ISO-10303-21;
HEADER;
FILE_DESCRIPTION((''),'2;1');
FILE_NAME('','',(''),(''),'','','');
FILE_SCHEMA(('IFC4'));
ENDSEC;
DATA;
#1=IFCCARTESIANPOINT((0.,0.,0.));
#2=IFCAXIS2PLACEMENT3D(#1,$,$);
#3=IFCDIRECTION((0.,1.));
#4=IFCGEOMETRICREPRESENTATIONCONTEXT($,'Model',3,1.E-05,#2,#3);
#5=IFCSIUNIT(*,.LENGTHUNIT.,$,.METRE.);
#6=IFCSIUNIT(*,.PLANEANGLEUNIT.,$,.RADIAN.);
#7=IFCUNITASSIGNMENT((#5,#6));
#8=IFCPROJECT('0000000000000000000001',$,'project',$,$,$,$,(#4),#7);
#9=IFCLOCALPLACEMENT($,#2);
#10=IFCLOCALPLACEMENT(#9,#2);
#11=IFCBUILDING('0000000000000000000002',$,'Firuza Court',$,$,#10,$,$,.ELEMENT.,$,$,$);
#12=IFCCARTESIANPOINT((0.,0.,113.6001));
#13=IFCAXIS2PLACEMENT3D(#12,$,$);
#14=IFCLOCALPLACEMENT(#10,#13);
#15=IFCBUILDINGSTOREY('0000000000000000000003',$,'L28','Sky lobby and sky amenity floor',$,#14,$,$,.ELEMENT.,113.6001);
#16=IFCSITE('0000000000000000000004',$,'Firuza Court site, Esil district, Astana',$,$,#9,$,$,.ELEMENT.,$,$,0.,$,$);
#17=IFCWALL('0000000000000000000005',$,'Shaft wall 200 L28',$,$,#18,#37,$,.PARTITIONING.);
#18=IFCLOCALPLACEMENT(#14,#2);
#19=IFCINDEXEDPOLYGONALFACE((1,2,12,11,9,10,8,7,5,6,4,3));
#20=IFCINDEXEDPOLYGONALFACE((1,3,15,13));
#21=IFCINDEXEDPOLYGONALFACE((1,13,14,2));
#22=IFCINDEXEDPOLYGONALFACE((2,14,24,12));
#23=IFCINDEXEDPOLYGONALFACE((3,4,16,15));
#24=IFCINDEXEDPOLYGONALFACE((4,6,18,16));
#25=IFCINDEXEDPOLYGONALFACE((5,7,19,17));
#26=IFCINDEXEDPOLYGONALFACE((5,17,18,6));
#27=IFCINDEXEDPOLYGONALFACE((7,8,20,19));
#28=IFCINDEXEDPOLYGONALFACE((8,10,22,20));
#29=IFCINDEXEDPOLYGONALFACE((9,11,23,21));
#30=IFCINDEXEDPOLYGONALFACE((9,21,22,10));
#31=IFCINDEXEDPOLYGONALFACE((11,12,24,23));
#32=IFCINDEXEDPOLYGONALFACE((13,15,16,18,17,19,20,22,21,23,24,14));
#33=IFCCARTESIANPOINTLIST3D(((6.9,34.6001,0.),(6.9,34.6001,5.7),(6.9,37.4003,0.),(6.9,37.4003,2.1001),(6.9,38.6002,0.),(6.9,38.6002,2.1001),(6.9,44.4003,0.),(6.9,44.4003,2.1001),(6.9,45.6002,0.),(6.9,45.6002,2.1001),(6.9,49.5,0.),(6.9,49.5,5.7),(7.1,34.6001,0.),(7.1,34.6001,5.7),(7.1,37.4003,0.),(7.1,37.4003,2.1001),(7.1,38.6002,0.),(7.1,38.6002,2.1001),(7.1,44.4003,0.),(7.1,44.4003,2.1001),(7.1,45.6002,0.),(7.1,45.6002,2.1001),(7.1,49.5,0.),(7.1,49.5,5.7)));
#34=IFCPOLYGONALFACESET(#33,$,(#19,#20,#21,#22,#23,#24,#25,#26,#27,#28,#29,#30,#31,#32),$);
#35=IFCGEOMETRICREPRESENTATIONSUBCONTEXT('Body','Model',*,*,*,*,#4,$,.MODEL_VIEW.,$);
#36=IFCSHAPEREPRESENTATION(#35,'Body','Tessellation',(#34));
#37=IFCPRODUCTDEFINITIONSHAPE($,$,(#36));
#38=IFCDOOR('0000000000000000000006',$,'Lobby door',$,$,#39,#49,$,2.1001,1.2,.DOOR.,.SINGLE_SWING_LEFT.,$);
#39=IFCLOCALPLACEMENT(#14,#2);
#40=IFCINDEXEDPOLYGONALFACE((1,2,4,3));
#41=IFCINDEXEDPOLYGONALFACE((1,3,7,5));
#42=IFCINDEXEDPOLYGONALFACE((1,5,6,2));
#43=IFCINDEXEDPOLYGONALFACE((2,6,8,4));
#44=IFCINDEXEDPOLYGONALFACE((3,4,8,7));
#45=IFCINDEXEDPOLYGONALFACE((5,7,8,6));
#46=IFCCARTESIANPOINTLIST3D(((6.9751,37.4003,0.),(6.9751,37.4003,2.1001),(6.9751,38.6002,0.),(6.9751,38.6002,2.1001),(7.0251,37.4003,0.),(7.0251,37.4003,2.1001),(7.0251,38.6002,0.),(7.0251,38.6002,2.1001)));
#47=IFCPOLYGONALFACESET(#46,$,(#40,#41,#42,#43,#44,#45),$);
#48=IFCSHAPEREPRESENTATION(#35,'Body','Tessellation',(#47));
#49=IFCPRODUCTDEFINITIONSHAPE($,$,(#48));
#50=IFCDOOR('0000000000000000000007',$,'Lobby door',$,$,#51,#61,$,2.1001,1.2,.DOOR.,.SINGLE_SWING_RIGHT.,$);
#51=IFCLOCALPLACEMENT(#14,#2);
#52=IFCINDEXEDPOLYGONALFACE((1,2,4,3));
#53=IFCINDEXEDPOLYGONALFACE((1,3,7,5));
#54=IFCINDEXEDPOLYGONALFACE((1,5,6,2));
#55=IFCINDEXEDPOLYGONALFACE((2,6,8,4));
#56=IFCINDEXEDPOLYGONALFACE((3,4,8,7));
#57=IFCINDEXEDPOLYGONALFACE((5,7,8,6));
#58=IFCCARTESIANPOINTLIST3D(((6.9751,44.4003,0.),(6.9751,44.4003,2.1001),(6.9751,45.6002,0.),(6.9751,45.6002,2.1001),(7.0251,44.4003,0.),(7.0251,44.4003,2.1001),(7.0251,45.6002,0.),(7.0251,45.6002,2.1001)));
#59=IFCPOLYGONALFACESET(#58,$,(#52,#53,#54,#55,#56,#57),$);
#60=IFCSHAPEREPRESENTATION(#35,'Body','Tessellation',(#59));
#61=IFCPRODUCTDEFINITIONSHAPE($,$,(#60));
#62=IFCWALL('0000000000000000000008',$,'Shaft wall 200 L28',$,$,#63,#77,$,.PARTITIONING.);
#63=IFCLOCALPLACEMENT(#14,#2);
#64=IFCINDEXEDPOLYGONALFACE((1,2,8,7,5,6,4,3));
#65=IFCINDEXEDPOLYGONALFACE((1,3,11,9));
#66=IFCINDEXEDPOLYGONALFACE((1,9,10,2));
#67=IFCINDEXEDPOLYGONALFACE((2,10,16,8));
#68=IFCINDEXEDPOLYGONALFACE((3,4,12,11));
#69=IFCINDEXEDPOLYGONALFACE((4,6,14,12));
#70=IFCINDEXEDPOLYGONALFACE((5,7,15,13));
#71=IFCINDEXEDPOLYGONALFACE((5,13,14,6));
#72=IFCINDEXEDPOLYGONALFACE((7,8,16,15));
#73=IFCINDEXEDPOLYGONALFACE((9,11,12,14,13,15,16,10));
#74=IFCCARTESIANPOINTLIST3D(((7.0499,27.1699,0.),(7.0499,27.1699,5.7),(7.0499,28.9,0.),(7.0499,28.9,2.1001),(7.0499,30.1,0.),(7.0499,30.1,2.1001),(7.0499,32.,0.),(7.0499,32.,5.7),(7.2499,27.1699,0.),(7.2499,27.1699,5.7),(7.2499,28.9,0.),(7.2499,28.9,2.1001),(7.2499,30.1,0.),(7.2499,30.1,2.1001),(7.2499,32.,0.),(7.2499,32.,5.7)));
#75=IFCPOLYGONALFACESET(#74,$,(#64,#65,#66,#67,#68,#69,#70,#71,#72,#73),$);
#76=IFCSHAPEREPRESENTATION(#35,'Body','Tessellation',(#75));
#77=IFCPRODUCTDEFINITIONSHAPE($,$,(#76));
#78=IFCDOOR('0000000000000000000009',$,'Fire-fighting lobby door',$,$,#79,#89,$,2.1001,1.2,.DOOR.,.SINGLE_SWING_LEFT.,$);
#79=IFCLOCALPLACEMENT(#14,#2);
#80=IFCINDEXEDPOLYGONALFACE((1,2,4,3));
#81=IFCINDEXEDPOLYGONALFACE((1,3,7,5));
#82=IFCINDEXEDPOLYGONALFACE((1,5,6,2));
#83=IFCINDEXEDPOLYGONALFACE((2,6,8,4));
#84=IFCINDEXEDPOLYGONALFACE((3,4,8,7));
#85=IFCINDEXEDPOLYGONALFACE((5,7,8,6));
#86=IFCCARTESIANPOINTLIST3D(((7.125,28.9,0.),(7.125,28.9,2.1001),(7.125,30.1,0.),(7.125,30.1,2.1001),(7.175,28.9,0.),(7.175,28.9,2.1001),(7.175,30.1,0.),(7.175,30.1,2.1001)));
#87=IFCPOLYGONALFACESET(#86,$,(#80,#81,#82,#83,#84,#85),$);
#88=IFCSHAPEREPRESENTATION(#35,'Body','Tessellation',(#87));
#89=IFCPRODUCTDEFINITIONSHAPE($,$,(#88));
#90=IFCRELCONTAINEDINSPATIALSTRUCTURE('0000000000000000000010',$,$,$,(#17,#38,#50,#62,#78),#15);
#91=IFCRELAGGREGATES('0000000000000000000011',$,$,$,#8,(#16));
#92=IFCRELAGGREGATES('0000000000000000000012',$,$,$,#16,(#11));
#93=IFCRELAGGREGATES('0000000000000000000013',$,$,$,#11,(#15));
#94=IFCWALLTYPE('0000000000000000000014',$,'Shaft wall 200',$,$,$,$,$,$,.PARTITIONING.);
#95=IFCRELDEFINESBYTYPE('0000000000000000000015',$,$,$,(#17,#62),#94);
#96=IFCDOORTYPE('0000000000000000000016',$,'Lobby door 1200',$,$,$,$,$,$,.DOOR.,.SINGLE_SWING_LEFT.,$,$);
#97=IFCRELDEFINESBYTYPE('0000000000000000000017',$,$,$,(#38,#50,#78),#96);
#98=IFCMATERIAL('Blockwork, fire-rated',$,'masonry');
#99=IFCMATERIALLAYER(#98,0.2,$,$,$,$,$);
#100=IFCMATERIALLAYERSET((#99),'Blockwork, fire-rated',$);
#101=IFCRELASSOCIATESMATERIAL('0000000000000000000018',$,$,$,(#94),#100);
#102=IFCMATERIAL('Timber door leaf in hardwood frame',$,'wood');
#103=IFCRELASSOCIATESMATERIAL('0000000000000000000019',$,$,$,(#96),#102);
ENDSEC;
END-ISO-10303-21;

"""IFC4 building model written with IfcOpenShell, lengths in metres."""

from ifc_helpers import new_model, si_unit, direction, frame, frame_2d, origin, place, context, subcontext, project, spatial, rectangle, extrude, material, layer, layer_set, type_object, element, fill, save


model = new_model("IFC4")

# Units and contexts
model_context = context("Model", 3, precision=1e-05, world=origin(), true_north=direction((0.0, 1.0)))
body_context = subcontext(model_context, "Body", "Model", "MODEL_VIEW")
ifc_project = project(units=[si_unit("LENGTHUNIT", "METRE"), si_unit("PLANEANGLEUNIT", "RADIAN")], contexts=[model_context])

# Site, building, storey
site_placement = place(None, origin())
site = spatial("IfcSite", under=ifc_project, at=site_placement, Name="Firuza Court site, Esil district, Astana", CompositionType="ELEMENT", RefElevation=0.0)
building_placement = place(site_placement, origin())
building = spatial("IfcBuilding", under=site, at=building_placement, Name="Firuza Court", CompositionType="ELEMENT")
storey_placement = place(building_placement, frame((0.0, 0.0, 113.6001)))
storey = spatial("IfcBuildingStorey", under=building, at=storey_placement, Name="L28", Description="Sky lobby and sky amenity floor", CompositionType="ELEMENT", Elevation=113.6001)

# Shared definitions
ifc_material_1 = material(Name="Blockwork, fire-rated", Category="masonry")

# Wall, openings, doors
ifc_layer_1 = layer(ifc_material_1, 0.2)
ifc_layer_set_1 = layer_set([ifc_layer_1], Name="Blockwork, fire-rated")
wall_type_1 = type_object("IfcWallType", Name="Shaft wall 200", PredefinedType="PARTITIONING", material=ifc_layer_set_1)
wall_1_placement = place(storey_placement, frame((7.0, 34.6001, 0.0), z_axis=(0.0, 0.0, 1.0), x_axis=(0.0, 1.0, 0.0)))
wall_1 = element("IfcWall", 1, at=wall_1_placement, inside=storey, type_object=wall_type_1, Name="Shaft wall 200 L28", PredefinedType="PARTITIONING", context=body_context, shape_type="SweptSolid", body=[
    extrude(rectangle(XDim=14.8999, YDim=0.2, at=frame_2d((7.45, 0.0))), origin(), (0.0, 0.0, 1.0), 5.7),
])
opening_1_placement = place(wall_1_placement, frame((2.8, 0.0, 0.0)))
opening_1 = element("IfcOpeningElement", 2, at=opening_1_placement, cuts=wall_1, PredefinedType="OPENING", context=body_context, shape_type="SweptSolid", body=[
    extrude(rectangle(XDim=1.2, YDim=2.1001, at=frame_2d((0.6001, 1.05))), frame((0.0, 0.1118, 0.0), z_axis=(0.0, -1.0, 0.0), x_axis=(1.0, 0.0, 0.0)), (0.0, 0.0, 1.0), 0.2239),
])
opening_2_placement = place(wall_1_placement, frame((9.8, 0.0, 0.0)))
opening_2 = element("IfcOpeningElement", 3, at=opening_2_placement, cuts=wall_1, PredefinedType="OPENING", context=body_context, shape_type="SweptSolid", body=[
    extrude(rectangle(XDim=1.2, YDim=2.1001, at=frame_2d((0.6001, 1.05))), frame((0.0, 0.1118, 0.0), z_axis=(0.0, -1.0, 0.0), x_axis=(1.0, 0.0, 0.0)), (0.0, 0.0, 1.0), 0.2239),
])
ifc_material_2 = material(Name="Timber door leaf in hardwood frame", Category="wood")
door_type_1 = type_object("IfcDoorType", Name="Lobby door 1200", OperationType="SINGLE_SWING_LEFT", PredefinedType="DOOR", material=ifc_material_2)
door_1_placement = place(opening_1_placement, origin())
door_1 = element("IfcDoor", 4, at=door_1_placement, inside=storey, type_object=door_type_1, Name="Lobby door", OperationType="SINGLE_SWING_LEFT", OverallHeight=2.1001, OverallWidth=1.2, PredefinedType="DOOR", context=body_context, shape_type="SweptSolid", body=[
    extrude(rectangle(XDim=1.2, YDim=2.1001, at=frame_2d((0.6001, 1.05))), frame((0.0, 0.0249, 0.0), z_axis=(0.0, -1.0, 0.0), x_axis=(1.0, 0.0, 0.0)), (0.0, 0.0, 1.0), 0.05),
])
fill(opening_1, door_1)
door_2_placement = place(opening_2_placement, origin())
door_2 = element("IfcDoor", 5, at=door_2_placement, inside=storey, type_object=door_type_1, Name="Lobby door", OperationType="SINGLE_SWING_RIGHT", OverallHeight=2.1001, OverallWidth=1.2, PredefinedType="DOOR", context=body_context, shape_type="SweptSolid", body=[
    extrude(rectangle(XDim=1.2, YDim=2.1001, at=frame_2d((0.6001, 1.05))), frame((0.0, 0.0249, 0.0), z_axis=(0.0, -1.0, 0.0), x_axis=(1.0, 0.0, 0.0)), (0.0, 0.0, 1.0), 0.05),
])
fill(opening_2, door_2)

# Wall, opening, door
wall_2_placement = place(storey_placement, frame((7.1499, 27.1699, 0.0), z_axis=(0.0, 0.0, 1.0), x_axis=(0.0, 1.0, 0.0)))
wall_2 = element("IfcWall", 6, at=wall_2_placement, inside=storey, type_object=wall_type_1, Name="Shaft wall 200 L28", PredefinedType="PARTITIONING", context=body_context, shape_type="SweptSolid", body=[
    extrude(rectangle(XDim=4.8301, YDim=0.2, at=frame_2d((2.415, 0.0))), origin(), (0.0, 0.0, 1.0), 5.7),
])
opening_3_placement = place(wall_2_placement, frame((1.73, 0.0, 0.0)))
opening_3 = element("IfcOpeningElement", 7, at=opening_3_placement, cuts=wall_2, PredefinedType="OPENING", context=body_context, shape_type="SweptSolid", body=[
    extrude(rectangle(XDim=1.2, YDim=2.1001, at=frame_2d((0.6001, 1.05))), frame((0.0, 0.1118, 0.0), z_axis=(0.0, -1.0, 0.0), x_axis=(1.0, 0.0, 0.0)), (0.0, 0.0, 1.0), 0.2239),
])
door_3_placement = place(opening_3_placement, origin())
door_3 = element("IfcDoor", 8, at=door_3_placement, inside=storey, type_object=door_type_1, Name="Fire-fighting lobby door", OperationType="SINGLE_SWING_LEFT", OverallHeight=2.1001, OverallWidth=1.2, PredefinedType="DOOR", context=body_context, shape_type="SweptSolid", body=[
    extrude(rectangle(XDim=1.2, YDim=2.1001, at=frame_2d((0.6001, 1.05))), frame((0.0, 0.0249, 0.0), z_axis=(0.0, -1.0, 0.0), x_axis=(1.0, 0.0, 0.0)), (0.0, 0.0, 1.0), 0.05),
])
fill(opening_3, door_3)

save(model, "model.ifc")
